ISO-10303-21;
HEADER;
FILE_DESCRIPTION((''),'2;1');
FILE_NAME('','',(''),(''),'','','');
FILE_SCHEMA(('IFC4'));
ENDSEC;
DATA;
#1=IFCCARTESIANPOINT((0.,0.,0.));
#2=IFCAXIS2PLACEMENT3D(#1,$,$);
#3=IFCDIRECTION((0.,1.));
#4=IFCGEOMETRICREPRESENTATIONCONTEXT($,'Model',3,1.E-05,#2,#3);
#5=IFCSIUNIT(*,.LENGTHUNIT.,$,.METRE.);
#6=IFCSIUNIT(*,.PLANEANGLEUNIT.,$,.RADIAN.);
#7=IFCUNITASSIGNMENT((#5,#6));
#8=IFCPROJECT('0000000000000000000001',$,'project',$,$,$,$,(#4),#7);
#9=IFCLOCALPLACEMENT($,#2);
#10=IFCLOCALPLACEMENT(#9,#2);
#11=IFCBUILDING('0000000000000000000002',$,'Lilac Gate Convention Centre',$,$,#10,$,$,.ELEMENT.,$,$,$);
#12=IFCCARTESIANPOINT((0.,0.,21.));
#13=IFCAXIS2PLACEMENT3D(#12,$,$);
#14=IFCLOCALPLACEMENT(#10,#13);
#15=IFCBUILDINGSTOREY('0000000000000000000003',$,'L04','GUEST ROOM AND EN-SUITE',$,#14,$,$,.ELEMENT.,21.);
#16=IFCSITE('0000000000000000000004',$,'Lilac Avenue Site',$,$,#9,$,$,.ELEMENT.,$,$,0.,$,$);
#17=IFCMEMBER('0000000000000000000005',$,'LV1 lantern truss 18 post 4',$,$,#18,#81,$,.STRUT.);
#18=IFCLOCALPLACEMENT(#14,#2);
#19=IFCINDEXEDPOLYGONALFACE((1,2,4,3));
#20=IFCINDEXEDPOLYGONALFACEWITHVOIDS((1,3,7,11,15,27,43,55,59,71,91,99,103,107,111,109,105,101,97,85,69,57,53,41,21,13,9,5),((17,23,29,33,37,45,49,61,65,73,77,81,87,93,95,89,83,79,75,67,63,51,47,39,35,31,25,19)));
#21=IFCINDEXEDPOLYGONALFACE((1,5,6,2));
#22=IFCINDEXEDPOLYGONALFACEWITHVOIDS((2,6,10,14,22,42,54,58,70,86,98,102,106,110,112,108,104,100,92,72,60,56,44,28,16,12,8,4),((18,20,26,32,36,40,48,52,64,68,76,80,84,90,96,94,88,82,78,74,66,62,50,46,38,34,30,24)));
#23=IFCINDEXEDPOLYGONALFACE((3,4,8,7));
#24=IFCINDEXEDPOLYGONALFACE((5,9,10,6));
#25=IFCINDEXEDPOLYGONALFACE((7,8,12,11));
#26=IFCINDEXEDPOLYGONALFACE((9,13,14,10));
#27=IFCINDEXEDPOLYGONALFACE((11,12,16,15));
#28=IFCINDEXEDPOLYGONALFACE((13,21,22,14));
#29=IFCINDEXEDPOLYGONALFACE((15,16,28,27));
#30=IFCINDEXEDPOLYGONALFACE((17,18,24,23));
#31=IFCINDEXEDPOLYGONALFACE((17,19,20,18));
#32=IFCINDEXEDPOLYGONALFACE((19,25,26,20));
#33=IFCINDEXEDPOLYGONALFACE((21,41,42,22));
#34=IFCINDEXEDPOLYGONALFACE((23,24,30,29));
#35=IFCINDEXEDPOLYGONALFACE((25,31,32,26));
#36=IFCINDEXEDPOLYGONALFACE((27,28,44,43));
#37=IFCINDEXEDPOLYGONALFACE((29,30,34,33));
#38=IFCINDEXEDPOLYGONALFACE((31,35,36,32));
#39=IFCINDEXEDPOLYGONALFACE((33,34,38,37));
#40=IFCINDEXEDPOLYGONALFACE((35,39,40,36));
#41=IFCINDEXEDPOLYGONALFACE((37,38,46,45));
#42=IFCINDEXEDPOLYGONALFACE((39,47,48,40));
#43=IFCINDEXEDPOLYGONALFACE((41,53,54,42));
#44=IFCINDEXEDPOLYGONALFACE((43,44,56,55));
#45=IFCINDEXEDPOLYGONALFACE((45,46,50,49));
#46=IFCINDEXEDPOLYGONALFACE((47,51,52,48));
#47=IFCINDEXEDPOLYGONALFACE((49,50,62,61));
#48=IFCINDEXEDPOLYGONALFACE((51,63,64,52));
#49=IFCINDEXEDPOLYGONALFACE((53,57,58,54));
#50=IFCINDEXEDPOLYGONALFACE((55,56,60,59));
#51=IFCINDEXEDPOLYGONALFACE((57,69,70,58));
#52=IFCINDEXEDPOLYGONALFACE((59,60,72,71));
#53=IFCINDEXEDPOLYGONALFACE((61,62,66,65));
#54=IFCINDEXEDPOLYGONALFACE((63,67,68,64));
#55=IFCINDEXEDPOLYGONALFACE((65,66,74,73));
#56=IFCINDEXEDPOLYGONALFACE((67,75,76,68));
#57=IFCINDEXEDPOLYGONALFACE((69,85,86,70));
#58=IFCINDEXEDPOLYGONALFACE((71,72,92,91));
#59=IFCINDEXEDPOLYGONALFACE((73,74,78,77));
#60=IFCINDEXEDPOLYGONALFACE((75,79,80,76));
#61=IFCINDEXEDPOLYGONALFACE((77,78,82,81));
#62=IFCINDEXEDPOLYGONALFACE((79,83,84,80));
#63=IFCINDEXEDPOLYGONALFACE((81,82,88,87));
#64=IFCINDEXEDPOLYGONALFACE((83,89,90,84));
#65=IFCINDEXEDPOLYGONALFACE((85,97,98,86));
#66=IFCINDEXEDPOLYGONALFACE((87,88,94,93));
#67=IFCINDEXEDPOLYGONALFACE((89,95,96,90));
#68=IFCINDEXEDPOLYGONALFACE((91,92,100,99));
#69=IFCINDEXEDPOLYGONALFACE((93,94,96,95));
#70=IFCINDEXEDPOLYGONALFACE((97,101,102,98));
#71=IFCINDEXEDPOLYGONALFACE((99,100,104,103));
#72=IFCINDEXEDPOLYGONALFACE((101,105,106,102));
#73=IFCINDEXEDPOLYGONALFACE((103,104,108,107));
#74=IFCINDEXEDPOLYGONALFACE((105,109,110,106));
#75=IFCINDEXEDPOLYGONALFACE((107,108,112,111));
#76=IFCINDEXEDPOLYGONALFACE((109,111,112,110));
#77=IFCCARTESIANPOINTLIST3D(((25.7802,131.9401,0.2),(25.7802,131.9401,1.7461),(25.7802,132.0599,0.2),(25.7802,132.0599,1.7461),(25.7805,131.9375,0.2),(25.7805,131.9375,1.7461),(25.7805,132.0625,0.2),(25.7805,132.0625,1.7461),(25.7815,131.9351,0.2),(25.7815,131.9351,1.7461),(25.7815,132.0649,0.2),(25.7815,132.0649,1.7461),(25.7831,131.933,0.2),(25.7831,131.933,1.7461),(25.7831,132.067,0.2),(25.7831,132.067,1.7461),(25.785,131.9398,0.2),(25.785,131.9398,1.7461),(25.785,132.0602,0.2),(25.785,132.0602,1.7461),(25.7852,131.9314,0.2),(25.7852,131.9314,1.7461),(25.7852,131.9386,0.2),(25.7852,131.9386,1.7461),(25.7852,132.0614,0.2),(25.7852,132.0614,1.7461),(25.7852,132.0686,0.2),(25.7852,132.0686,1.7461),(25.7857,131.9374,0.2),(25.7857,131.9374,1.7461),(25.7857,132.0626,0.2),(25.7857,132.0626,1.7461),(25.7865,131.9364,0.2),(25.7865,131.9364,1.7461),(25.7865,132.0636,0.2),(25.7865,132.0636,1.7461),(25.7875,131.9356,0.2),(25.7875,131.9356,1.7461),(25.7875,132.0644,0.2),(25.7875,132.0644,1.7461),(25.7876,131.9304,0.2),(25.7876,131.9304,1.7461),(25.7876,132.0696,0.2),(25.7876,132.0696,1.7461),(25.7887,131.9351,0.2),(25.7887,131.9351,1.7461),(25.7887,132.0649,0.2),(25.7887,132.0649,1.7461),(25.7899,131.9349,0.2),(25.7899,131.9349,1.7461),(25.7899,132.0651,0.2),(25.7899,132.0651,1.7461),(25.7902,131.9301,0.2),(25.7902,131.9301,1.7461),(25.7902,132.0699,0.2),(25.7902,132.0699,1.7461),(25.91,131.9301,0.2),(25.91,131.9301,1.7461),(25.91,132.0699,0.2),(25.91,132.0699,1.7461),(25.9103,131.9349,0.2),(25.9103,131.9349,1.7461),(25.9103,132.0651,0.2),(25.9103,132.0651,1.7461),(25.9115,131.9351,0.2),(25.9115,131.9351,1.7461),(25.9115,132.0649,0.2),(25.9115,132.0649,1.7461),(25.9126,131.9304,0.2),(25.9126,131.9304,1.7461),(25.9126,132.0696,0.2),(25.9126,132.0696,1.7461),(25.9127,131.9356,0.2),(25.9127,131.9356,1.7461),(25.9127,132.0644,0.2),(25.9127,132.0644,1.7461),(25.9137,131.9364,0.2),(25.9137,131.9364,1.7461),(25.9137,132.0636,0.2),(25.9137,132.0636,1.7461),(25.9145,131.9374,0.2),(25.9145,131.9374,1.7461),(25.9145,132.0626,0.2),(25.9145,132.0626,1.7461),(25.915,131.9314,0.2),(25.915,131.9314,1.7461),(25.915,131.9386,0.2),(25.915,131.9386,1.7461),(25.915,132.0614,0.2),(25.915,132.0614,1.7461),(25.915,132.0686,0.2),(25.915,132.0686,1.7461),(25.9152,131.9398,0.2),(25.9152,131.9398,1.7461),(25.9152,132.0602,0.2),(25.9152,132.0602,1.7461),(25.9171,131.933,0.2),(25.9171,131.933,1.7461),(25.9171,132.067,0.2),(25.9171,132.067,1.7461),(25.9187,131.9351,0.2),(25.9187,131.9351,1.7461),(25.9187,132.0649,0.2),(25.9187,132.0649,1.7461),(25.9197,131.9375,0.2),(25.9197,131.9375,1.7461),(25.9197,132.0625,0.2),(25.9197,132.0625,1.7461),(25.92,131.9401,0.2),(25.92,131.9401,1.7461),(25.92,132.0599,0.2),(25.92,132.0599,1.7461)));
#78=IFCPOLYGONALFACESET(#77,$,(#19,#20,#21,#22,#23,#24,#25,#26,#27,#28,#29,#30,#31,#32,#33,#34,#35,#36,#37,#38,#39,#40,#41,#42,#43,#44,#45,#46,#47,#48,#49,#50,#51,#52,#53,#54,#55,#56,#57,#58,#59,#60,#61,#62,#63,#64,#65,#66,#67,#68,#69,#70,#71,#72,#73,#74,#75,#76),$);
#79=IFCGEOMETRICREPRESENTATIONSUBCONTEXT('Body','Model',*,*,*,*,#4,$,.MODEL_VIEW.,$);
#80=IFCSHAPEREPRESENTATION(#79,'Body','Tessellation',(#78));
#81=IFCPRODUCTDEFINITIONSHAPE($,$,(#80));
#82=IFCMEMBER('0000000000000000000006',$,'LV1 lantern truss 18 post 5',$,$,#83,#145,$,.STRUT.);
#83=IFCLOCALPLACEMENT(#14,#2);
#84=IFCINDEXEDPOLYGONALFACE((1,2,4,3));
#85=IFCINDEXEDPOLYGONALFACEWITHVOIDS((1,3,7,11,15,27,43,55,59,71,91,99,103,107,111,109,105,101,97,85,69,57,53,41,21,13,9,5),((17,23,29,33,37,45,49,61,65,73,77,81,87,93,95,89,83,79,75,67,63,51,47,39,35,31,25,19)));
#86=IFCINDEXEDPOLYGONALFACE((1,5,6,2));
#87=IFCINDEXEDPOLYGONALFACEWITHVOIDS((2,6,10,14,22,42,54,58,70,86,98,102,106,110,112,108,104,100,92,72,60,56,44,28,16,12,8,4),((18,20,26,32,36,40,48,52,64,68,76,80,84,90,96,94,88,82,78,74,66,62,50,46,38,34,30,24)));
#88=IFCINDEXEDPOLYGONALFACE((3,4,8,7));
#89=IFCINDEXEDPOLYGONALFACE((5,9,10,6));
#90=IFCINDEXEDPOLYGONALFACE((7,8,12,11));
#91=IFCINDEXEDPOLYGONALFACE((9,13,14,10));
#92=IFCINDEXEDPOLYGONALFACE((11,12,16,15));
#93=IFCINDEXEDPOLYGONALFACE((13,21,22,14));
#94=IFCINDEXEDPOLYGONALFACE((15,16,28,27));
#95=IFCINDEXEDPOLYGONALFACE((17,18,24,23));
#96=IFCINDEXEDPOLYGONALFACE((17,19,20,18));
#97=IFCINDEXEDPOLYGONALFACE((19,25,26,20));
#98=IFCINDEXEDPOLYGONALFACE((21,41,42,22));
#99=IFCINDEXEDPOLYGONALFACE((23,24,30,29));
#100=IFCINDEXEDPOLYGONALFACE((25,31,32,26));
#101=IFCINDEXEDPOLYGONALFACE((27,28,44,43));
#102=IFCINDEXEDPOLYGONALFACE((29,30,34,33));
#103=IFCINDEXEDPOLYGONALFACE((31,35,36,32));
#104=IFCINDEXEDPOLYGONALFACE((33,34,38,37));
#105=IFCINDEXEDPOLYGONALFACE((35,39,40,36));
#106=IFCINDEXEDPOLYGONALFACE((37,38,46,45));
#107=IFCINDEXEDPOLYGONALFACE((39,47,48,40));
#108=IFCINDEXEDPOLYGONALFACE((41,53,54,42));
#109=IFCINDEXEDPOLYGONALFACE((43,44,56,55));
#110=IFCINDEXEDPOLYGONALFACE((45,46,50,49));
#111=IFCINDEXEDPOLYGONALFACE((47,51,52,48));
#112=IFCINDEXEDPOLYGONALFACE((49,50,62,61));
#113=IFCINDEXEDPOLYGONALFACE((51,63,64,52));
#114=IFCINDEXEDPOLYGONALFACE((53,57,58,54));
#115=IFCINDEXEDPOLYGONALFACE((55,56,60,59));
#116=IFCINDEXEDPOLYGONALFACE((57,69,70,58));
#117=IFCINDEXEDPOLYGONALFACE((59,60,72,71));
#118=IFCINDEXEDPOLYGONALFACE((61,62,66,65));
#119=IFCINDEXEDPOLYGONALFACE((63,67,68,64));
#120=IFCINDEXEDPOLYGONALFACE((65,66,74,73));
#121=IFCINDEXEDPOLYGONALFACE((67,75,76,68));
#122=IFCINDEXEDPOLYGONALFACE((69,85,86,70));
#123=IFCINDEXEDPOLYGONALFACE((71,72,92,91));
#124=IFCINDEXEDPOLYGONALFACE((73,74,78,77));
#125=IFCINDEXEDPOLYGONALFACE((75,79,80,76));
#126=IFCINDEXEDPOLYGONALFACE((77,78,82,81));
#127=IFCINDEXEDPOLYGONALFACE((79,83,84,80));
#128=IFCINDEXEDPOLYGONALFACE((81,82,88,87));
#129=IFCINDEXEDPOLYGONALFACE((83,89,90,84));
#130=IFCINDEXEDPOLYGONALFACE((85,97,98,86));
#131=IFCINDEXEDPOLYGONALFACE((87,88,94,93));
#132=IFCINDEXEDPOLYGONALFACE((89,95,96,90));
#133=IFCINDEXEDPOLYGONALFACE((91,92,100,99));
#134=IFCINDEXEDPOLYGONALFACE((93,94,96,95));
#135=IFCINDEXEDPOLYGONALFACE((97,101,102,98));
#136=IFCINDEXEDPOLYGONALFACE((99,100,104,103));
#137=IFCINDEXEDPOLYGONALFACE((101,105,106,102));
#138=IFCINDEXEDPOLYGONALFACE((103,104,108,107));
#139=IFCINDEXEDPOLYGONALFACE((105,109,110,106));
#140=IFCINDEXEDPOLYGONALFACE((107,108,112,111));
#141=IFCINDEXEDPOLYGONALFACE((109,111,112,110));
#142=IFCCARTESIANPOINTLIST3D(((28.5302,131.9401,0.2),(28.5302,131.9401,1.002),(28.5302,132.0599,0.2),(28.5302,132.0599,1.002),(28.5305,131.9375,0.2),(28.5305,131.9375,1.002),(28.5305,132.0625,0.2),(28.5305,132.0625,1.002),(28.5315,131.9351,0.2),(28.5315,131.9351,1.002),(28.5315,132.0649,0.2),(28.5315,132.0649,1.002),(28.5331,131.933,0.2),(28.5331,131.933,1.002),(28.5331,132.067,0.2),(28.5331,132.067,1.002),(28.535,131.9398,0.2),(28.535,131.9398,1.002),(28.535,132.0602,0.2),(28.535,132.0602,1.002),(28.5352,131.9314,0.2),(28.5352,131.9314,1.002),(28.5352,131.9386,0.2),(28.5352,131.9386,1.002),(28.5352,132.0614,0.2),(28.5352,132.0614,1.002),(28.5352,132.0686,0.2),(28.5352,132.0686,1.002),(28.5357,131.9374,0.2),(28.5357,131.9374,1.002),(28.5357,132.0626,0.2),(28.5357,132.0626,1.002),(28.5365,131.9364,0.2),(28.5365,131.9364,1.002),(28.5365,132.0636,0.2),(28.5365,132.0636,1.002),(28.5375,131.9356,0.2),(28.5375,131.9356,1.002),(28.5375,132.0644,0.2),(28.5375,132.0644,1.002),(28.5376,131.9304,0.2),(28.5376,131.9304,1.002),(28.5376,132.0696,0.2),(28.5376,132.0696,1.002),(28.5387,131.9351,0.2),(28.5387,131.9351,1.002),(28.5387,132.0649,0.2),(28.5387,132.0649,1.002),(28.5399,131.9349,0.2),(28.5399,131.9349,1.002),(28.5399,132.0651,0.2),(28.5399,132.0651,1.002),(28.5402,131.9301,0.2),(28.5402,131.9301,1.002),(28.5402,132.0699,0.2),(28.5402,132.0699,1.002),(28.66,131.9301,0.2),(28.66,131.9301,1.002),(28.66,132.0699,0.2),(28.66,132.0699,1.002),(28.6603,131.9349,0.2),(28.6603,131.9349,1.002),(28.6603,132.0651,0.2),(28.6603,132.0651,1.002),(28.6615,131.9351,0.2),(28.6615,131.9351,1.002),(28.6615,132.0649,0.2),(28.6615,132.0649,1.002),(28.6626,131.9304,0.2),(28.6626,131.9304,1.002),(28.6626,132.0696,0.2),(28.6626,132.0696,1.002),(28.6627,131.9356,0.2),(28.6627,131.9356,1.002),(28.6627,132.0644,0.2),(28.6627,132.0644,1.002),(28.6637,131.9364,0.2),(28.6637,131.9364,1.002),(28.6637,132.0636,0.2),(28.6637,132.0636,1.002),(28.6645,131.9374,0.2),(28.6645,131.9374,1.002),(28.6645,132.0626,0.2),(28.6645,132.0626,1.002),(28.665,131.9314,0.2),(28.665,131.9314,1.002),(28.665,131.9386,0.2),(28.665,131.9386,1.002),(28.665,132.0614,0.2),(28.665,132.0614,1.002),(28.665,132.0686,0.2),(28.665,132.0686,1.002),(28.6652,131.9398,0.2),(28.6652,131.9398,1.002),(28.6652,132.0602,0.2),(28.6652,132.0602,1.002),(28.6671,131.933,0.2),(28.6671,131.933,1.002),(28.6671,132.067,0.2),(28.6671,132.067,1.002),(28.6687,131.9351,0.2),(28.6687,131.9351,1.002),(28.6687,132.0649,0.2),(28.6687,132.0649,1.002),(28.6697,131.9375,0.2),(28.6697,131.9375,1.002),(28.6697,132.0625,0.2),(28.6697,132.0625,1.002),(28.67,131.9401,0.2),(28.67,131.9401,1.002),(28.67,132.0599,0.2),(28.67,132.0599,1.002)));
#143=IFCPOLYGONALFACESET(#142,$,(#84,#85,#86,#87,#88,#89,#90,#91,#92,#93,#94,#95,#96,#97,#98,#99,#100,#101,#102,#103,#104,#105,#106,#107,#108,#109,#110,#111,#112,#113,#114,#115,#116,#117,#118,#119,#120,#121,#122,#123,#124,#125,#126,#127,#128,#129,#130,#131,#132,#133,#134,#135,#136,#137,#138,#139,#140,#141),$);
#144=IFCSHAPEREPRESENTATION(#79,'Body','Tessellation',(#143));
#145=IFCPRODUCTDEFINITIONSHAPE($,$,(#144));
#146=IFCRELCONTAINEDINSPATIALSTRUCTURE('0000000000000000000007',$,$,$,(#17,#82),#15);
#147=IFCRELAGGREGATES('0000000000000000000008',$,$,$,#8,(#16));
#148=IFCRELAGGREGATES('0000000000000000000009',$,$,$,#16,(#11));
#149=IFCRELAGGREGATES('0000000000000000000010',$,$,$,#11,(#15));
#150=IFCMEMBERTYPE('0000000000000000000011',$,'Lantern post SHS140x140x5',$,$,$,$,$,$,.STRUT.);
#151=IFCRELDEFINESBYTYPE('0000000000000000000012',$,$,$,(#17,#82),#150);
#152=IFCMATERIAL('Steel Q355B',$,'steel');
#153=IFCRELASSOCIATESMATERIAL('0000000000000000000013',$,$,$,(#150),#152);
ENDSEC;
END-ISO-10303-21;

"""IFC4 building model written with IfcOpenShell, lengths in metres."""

from ifc_helpers import new_model, si_unit, direction, frame, origin, origin_2d, place, context, subcontext, project, spatial, hollow_rectangle, extrude, material, material_profile, profile_set, type_object, element, save


model = new_model("IFC4")

# Units and contexts
model_context = context("Model", 3, precision=1e-05, world=origin(), true_north=direction((0.0, 1.0)))
body_context = subcontext(model_context, "Body", "Model", "MODEL_VIEW")
ifc_project = project(units=[si_unit("LENGTHUNIT", "METRE"), si_unit("PLANEANGLEUNIT", "RADIAN")], contexts=[model_context])

# Site, building, storey
site_placement = place(None, origin())
site = spatial("IfcSite", under=ifc_project, at=site_placement, Name="Lilac Avenue Site", CompositionType="ELEMENT", RefElevation=0.0)
building_placement = place(site_placement, origin())
building = spatial("IfcBuilding", under=site, at=building_placement, Name="Lilac Gate Convention Centre", CompositionType="ELEMENT")
storey_placement = place(building_placement, frame((0.0, 0.0, 21.0)))
storey = spatial("IfcBuildingStorey", under=building, at=storey_placement, Name="L04", Description="GUEST ROOM AND EN-SUITE", CompositionType="ELEMENT", Elevation=21.0)

# Members
ifc_material_1 = material(Name="Steel Q355B", Category="steel")
ifc_material_profile_1 = material_profile(ifc_material_1, hollow_rectangle(XDim=0.1399, YDim=0.1399, WallThickness=0.0049, InnerFilletRadius=0.0049, OuterFilletRadius=0.01, at=origin_2d()), Name="SHS140x140x5")
ifc_profile_set_1 = profile_set([ifc_material_profile_1], Name="Steel Q355B")
member_type_1 = type_object("IfcMemberType", Name="Lantern post SHS140x140x5", PredefinedType="STRUT", material=ifc_profile_set_1)
member_1_placement = place(storey_placement, frame((25.8501, 132.0, 0.2), z_axis=(0.0, 0.0, 1.0), x_axis=(1.0, 0.0, 0.0)))
element("IfcMember", 1, at=member_1_placement, inside=storey, type_object=member_type_1, Name="LV1 lantern truss 18 post 4", PredefinedType="STRUT", context=body_context, shape_type="SweptSolid", body=[
    extrude(hollow_rectangle(XDim=0.1399, YDim=0.1399, WallThickness=0.0049, InnerFilletRadius=0.0049, OuterFilletRadius=0.01, at=origin_2d()), origin(), (0.0, 0.0, 1.0), 1.5461),
])
member_2_placement = place(storey_placement, frame((28.6001, 132.0, 0.2), z_axis=(0.0, 0.0, 1.0), x_axis=(1.0, 0.0, 0.0)))
element("IfcMember", 2, at=member_2_placement, inside=storey, type_object=member_type_1, Name="LV1 lantern truss 18 post 5", PredefinedType="STRUT", context=body_context, shape_type="SweptSolid", body=[
    extrude(hollow_rectangle(XDim=0.1399, YDim=0.1399, WallThickness=0.0049, InnerFilletRadius=0.0049, OuterFilletRadius=0.01, at=origin_2d()), origin(), (0.0, 0.0, 1.0), 0.802),
])

save(model, "model.ifc")
